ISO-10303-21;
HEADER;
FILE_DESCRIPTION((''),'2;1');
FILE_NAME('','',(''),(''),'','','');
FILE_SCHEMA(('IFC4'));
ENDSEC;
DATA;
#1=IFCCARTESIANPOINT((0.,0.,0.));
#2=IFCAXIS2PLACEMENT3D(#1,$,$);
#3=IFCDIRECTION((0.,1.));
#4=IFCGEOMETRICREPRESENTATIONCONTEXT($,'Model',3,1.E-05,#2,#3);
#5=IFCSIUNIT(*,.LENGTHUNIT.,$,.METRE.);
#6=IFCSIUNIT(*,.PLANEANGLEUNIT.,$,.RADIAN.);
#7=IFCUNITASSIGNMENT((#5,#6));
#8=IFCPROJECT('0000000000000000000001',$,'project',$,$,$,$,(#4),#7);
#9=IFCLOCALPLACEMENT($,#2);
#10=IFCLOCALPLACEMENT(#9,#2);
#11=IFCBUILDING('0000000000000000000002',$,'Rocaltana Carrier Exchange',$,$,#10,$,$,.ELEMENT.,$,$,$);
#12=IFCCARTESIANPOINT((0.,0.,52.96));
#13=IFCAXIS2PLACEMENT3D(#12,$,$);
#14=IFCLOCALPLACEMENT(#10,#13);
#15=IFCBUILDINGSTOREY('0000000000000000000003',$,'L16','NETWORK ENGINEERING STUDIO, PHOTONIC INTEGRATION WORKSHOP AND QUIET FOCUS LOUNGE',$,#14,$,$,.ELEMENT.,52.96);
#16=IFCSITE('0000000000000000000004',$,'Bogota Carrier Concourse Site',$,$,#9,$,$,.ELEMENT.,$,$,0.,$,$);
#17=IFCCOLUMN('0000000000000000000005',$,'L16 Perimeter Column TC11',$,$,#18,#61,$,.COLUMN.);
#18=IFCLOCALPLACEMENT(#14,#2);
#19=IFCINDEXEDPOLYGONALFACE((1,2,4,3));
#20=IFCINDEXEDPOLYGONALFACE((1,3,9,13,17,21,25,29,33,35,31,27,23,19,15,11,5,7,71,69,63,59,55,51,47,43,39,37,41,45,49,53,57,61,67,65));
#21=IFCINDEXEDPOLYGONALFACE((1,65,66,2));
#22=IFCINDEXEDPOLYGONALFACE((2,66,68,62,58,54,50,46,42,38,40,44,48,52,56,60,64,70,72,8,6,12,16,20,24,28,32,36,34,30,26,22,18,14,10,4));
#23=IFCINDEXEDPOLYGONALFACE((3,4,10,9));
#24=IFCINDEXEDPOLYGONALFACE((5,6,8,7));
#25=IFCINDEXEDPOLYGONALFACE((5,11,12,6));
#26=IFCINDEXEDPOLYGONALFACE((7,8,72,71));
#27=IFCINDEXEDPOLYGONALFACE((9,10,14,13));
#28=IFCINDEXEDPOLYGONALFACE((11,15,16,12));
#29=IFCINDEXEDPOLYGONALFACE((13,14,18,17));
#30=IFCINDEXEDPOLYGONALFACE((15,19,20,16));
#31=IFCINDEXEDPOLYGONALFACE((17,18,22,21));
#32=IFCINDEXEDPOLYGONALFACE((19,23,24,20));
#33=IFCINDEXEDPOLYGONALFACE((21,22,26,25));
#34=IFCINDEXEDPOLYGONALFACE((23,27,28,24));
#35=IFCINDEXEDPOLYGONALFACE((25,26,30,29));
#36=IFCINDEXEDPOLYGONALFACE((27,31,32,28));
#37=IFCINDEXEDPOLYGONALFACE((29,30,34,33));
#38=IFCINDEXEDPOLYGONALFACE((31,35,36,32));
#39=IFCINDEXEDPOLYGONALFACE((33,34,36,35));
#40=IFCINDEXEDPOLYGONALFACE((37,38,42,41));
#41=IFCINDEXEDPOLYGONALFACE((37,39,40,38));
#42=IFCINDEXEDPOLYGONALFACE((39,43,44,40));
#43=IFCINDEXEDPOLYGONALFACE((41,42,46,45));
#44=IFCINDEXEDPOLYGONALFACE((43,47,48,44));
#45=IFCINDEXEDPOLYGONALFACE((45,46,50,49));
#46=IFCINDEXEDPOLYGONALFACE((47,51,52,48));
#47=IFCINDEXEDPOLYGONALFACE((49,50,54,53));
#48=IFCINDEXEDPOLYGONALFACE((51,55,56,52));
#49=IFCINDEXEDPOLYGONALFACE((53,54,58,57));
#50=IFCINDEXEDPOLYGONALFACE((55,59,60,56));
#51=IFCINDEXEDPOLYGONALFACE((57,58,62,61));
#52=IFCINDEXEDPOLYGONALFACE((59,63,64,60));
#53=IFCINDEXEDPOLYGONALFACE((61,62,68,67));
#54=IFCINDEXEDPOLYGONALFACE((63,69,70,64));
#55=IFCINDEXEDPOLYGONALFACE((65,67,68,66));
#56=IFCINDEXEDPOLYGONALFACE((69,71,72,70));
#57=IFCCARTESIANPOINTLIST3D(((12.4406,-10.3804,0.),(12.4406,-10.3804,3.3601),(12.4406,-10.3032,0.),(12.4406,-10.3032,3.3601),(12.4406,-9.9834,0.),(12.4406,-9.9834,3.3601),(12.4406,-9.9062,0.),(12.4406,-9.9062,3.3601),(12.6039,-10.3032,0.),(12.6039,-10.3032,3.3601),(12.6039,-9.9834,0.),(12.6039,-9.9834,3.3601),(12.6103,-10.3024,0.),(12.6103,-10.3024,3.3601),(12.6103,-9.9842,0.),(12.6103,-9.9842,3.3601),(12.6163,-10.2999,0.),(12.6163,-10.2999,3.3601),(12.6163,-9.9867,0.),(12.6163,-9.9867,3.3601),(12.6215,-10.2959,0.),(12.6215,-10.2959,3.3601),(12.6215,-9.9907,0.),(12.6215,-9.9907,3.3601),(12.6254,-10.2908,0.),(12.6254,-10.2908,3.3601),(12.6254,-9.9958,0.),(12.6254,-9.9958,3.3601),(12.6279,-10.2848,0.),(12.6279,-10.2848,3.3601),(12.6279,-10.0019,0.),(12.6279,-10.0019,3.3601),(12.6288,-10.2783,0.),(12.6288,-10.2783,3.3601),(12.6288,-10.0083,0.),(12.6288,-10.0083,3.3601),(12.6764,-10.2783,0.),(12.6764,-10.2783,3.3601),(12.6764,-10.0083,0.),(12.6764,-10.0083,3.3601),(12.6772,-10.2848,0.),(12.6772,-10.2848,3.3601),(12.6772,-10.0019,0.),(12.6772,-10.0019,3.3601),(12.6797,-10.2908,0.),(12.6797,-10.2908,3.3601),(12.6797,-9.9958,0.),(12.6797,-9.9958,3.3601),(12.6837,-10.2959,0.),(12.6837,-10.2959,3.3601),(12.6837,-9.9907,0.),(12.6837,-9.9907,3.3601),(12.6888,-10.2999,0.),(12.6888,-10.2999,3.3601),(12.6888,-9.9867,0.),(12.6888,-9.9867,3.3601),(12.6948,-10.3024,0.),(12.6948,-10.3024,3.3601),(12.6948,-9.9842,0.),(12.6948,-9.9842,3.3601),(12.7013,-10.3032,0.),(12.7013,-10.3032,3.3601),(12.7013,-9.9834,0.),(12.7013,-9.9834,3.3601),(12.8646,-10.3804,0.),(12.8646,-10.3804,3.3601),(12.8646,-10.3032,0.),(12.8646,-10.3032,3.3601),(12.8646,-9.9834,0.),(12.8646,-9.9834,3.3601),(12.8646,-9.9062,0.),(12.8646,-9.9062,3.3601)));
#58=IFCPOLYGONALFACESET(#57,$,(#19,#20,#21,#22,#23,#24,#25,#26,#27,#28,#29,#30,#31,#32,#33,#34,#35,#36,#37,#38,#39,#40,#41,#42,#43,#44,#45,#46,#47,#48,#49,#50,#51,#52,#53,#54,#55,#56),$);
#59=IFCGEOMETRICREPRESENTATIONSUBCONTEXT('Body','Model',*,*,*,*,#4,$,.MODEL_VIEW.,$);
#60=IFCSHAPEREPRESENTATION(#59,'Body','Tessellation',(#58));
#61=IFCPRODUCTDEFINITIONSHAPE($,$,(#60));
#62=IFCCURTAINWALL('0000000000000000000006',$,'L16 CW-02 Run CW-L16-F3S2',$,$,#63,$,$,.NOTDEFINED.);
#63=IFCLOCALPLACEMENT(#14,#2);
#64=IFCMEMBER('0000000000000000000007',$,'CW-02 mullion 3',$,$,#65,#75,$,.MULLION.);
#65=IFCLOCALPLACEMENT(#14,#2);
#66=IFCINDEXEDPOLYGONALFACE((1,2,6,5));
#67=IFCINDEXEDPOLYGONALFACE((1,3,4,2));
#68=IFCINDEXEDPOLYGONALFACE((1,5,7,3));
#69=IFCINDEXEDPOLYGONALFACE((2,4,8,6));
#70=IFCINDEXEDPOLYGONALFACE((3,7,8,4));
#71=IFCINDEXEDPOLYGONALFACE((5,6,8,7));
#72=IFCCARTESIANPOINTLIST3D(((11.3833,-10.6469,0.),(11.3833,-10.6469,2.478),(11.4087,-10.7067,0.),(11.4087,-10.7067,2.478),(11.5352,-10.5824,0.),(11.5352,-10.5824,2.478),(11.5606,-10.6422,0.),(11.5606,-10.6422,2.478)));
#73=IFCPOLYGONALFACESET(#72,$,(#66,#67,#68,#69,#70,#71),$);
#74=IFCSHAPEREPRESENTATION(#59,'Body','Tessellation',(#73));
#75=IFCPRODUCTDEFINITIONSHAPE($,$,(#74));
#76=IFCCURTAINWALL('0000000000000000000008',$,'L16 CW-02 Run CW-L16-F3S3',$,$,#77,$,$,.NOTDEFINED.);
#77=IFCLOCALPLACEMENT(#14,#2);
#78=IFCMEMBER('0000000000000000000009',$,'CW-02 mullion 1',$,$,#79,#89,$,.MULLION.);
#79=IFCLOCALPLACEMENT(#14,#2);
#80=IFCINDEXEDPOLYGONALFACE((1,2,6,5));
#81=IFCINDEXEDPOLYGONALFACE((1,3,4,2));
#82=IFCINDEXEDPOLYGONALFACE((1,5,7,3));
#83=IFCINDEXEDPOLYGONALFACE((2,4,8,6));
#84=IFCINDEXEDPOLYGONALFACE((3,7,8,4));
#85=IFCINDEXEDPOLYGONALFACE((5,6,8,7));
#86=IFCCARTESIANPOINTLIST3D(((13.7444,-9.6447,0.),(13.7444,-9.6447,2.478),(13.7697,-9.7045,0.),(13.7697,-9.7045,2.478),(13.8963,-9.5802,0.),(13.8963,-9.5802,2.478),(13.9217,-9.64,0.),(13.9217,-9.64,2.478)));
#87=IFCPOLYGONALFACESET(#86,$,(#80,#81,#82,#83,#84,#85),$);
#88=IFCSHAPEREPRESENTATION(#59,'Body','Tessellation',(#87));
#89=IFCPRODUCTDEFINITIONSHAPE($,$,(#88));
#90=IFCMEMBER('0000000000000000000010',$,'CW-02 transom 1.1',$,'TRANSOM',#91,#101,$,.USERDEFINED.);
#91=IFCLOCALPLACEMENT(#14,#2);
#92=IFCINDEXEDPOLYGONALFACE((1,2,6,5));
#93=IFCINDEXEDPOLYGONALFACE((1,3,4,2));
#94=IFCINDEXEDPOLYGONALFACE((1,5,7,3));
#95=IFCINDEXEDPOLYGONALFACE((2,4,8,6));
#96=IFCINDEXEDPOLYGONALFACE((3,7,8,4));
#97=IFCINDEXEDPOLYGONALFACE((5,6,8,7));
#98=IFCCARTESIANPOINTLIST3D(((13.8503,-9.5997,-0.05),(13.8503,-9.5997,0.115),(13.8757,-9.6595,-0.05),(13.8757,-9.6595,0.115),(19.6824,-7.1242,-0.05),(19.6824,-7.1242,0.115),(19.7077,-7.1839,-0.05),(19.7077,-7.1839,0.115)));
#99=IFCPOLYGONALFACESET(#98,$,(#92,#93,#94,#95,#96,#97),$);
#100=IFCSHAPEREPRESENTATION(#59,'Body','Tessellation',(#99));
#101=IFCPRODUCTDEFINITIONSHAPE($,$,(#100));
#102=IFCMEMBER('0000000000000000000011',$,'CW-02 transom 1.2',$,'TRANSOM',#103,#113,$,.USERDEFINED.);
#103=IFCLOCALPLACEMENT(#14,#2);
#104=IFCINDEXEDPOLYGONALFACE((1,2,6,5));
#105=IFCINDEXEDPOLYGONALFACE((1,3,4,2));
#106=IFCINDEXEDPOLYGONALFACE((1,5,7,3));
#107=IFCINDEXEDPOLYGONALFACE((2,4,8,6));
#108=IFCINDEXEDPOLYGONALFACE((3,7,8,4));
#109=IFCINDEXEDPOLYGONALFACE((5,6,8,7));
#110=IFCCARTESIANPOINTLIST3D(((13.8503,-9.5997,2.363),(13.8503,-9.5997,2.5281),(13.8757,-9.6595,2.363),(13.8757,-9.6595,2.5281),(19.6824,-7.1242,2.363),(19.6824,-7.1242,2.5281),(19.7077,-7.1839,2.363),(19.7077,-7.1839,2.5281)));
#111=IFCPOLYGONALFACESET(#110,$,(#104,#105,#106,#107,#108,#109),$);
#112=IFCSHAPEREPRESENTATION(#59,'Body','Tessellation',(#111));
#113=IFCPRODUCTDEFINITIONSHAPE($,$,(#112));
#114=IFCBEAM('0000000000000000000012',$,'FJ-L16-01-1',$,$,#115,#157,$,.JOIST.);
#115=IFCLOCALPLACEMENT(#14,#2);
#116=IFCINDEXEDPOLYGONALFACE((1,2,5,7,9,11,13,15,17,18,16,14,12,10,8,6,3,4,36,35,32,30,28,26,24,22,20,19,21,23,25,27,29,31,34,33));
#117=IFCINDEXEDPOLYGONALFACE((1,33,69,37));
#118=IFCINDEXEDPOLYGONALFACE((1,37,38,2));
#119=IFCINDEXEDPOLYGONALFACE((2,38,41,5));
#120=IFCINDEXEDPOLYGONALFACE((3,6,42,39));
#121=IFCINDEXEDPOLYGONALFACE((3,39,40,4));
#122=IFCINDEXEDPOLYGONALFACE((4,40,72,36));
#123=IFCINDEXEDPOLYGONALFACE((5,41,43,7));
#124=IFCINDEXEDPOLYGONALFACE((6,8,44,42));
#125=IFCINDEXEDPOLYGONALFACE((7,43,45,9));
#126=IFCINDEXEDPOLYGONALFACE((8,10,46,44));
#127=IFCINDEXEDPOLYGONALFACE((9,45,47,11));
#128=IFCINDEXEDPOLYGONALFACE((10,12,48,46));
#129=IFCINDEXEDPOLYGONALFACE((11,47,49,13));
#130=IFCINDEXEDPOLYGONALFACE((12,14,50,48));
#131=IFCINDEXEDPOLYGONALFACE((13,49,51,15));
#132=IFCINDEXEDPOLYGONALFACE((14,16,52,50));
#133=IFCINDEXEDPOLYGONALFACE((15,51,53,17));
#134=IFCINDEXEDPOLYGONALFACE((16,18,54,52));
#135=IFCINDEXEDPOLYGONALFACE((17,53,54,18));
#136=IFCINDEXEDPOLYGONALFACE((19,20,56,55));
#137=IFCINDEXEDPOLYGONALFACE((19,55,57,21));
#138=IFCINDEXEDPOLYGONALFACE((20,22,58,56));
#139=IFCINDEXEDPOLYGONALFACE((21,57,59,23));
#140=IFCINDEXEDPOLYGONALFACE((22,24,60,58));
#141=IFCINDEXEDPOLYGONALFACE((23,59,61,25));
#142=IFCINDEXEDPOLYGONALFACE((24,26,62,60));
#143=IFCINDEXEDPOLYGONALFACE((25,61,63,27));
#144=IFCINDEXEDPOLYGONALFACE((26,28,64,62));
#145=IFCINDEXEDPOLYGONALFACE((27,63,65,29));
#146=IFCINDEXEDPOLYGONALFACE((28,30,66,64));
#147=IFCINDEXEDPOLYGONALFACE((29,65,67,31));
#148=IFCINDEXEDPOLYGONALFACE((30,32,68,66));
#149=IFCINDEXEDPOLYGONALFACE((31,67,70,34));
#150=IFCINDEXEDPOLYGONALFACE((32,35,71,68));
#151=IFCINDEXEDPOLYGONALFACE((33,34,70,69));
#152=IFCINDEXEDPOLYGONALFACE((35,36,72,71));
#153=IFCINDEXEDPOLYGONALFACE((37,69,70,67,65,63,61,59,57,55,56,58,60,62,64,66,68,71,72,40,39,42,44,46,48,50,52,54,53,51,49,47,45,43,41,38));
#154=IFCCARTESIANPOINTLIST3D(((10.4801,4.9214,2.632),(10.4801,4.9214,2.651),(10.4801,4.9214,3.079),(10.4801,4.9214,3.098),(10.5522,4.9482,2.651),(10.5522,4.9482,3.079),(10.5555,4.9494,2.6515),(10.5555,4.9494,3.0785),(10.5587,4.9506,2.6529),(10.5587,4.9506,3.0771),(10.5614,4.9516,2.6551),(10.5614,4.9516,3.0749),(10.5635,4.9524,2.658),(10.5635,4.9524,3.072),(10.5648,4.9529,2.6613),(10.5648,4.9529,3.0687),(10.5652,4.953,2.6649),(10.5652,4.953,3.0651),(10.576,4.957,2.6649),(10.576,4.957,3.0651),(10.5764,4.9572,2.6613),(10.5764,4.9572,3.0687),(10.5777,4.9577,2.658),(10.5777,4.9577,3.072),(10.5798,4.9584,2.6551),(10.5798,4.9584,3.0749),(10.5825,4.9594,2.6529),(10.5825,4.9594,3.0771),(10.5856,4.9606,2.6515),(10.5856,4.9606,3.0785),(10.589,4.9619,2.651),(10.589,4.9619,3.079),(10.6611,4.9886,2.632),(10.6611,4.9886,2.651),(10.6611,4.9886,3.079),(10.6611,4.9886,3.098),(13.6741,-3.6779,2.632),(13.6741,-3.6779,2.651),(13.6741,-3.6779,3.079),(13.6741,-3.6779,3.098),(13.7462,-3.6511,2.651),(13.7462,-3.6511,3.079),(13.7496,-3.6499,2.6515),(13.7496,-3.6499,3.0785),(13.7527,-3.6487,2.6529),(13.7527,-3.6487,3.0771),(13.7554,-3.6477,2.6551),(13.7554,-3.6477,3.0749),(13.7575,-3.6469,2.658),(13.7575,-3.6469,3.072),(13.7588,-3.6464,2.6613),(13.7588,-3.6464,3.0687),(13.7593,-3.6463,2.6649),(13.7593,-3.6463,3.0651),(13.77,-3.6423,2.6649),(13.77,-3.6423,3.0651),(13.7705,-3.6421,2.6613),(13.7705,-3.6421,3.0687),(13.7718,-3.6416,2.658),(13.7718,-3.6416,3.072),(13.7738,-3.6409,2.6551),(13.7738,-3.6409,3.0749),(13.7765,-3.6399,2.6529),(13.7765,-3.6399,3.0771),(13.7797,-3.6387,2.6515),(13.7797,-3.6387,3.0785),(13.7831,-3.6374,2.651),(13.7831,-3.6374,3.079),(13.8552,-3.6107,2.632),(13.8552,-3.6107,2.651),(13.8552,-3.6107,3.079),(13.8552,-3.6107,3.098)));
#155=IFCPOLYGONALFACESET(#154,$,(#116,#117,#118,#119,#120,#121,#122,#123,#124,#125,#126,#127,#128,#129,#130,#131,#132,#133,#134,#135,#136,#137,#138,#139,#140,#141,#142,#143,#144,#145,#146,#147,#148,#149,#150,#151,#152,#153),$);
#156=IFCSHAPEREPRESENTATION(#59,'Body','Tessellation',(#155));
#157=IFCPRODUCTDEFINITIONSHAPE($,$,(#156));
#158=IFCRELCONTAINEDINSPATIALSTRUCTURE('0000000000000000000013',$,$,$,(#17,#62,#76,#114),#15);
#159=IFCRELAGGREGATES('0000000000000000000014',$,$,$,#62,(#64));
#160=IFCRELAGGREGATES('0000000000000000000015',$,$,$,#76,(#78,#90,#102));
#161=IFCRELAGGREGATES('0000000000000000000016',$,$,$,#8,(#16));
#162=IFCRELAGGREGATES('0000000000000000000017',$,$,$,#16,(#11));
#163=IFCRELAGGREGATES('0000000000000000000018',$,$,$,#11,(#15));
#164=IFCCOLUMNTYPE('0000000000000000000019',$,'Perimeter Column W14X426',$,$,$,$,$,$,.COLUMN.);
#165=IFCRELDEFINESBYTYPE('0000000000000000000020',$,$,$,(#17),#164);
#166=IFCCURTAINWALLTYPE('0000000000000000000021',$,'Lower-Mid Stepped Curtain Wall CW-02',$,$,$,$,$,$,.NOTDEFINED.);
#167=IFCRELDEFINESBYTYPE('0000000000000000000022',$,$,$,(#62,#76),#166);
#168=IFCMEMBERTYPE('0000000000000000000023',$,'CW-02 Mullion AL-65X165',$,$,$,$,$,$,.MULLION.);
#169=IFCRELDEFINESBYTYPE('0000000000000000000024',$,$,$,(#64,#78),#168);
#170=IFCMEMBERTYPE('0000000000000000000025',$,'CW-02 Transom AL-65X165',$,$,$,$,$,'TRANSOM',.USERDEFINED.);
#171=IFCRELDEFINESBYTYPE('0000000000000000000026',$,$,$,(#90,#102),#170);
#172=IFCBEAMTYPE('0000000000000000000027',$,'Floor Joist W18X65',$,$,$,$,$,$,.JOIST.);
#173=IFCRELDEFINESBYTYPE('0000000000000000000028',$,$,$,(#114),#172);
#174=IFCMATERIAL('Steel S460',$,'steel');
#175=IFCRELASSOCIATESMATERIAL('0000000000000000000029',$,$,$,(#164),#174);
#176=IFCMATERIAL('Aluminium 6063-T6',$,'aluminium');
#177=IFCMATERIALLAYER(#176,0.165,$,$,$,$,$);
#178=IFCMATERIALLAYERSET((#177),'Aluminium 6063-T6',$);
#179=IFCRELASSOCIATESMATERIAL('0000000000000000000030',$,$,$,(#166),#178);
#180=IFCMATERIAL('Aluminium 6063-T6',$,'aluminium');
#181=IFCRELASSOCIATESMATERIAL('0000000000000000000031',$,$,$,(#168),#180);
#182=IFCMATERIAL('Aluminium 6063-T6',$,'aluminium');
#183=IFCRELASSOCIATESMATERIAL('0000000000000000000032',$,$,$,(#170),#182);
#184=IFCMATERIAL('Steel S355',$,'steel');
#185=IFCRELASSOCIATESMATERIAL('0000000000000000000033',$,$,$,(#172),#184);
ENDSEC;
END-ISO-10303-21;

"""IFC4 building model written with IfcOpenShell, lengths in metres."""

from ifc_helpers import new_model, si_unit, direction, frame, origin, origin_2d, place, context, subcontext, project, spatial, rectangle, i_section, extrude, material, layer, layer_set, material_profile, profile_set, type_object, element, aggregate, save


model = new_model("IFC4")

# Units and contexts
model_context = context("Model", 3, precision=1e-05, world=origin(), true_north=direction((0.0, 1.0)))
body_context = subcontext(model_context, "Body", "Model", "MODEL_VIEW")
ifc_project = project(units=[si_unit("LENGTHUNIT", "METRE"), si_unit("PLANEANGLEUNIT", "RADIAN")], contexts=[model_context])

# Site, building, storey
site_placement = place(None, origin())
site = spatial("IfcSite", under=ifc_project, at=site_placement, Name="Bogota Carrier Concourse Site", CompositionType="ELEMENT", RefElevation=0.0)
building_placement = place(site_placement, origin())
building = spatial("IfcBuilding", under=site, at=building_placement, Name="Rocaltana Carrier Exchange", CompositionType="ELEMENT")
storey_placement = place(building_placement, frame((0.0, 0.0, 52.96)))
storey = spatial("IfcBuildingStorey", under=building, at=storey_placement, Name="L16", Description="NETWORK ENGINEERING STUDIO, PHOTONIC INTEGRATION WORKSHOP AND QUIET FOCUS LOUNGE", CompositionType="ELEMENT", Elevation=52.96)

# Column
ifc_material_1 = material(Name="Steel S460", Category="steel")
ifc_material_profile_1 = material_profile(ifc_material_1, i_section(OverallWidth=0.4241, OverallDepth=0.4741, WebThickness=0.0476, FlangeThickness=0.0771, FilletRadius=0.0249, at=origin_2d()), Name="W14X426")
ifc_profile_set_1 = profile_set([ifc_material_profile_1], Name="Steel S460")
column_type = type_object("IfcColumnType", Name="Perimeter Column W14X426", PredefinedType="COLUMN", material=ifc_profile_set_1)
column_placement = place(storey_placement, frame((12.6526, -10.1433, 0.0), z_axis=(0.0, 0.0, 1.0), x_axis=(1.0, 0.0, 0.0)))
element("IfcColumn", 1, at=column_placement, inside=storey, type_object=column_type, Name="L16 Perimeter Column TC11", PredefinedType="COLUMN", context=body_context, shape_type="SweptSolid", body=[
    extrude(i_section(OverallWidth=0.4241, OverallDepth=0.4741, WebThickness=0.0476, FlangeThickness=0.0771, FilletRadius=0.0249, at=origin_2d()), origin(), (0.0, 0.0, 1.0), 3.3601),
])

# Curtain wall, member
ifc_material_2 = material(Name="Aluminium 6063-T6", Category="aluminium")
ifc_layer_1 = layer(ifc_material_2, 0.165)
ifc_layer_set_1 = layer_set([ifc_layer_1], Name="Aluminium 6063-T6")
curtain_wall_type = type_object("IfcCurtainWallType", Name="Lower-Mid Stepped Curtain Wall CW-02", PredefinedType="NOTDEFINED", material=ifc_layer_set_1)
curtain_wall_1_placement = place(storey_placement, origin())
curtain_wall_1 = element("IfcCurtainWall", 2, at=curtain_wall_1_placement, inside=storey, type_object=curtain_wall_type, Name="L16 CW-02 Run CW-L16-F3S2", PredefinedType="NOTDEFINED")
ifc_material_3 = material(Name="Aluminium 6063-T6", Category="aluminium")
ifc_material_profile_2 = material_profile(ifc_material_3, rectangle(XDim=0.0649, YDim=0.165, at=origin_2d()), Name="AL-65X165")
ifc_profile_set_2 = profile_set([ifc_material_profile_2], Name="Aluminium 6063-T6")
member_type_1 = type_object("IfcMemberType", Name="CW-02 Mullion AL-65X165", PredefinedType="MULLION", material=ifc_profile_set_2)
member_1_placement = place(storey_placement, frame((11.4719, -10.6445, 0.0), z_axis=(0.0, 0.0, 1.0), x_axis=(-0.390729, 0.920506, 0.0)))
member_1 = element("IfcMember", 3, at=member_1_placement, type_object=member_type_1, Name="CW-02 mullion 3", PredefinedType="MULLION", context=body_context, shape_type="SweptSolid", body=[
    extrude(rectangle(XDim=0.0649, YDim=0.165, at=origin_2d()), origin(), (0.0, 0.0, 1.0), 2.478),
])
aggregate(curtain_wall_1, [member_1])

# Curtain wall, members
curtain_wall_2_placement = place(storey_placement, origin())
curtain_wall_2 = element("IfcCurtainWall", 4, at=curtain_wall_2_placement, inside=storey, type_object=curtain_wall_type, Name="L16 CW-02 Run CW-L16-F3S3", PredefinedType="NOTDEFINED")
member_2_placement = place(storey_placement, frame((13.833, -9.6423, 0.0), z_axis=(0.0, 0.0, 1.0), x_axis=(-0.390735, 0.920503, 0.0)))
member_2 = element("IfcMember", 5, at=member_2_placement, type_object=member_type_1, Name="CW-02 mullion 1", PredefinedType="MULLION", context=body_context, shape_type="SweptSolid", body=[
    extrude(rectangle(XDim=0.0649, YDim=0.165, at=origin_2d()), origin(), (0.0, 0.0, 1.0), 2.478),
])
ifc_material_4 = material(Name="Aluminium 6063-T6", Category="aluminium")
ifc_material_profile_3 = material_profile(ifc_material_4, rectangle(XDim=0.0649, YDim=0.165, at=origin_2d()), Name="AL-65X165")
ifc_profile_set_3 = profile_set([ifc_material_profile_3], Name="Aluminium 6063-T6")
member_type_2 = type_object("IfcMemberType", Name="CW-02 Transom AL-65X165", ElementType="TRANSOM", PredefinedType="USERDEFINED", material=ifc_profile_set_3)
member_3_placement = place(storey_placement, frame((13.863, -9.6296, 0.0325), z_axis=(0.920503, 0.390736, 0.0), x_axis=(-0.390736, 0.920503, 0.0)))
member_3 = element("IfcMember", 6, at=member_3_placement, type_object=member_type_2, Name="CW-02 transom 1.1", ObjectType="TRANSOM", PredefinedType="USERDEFINED", context=body_context, shape_type="SweptSolid", body=[
    extrude(rectangle(XDim=0.0649, YDim=0.165, at=origin_2d()), origin(), (0.0, 0.0, 1.0), 6.3357),
])
member_4_placement = place(storey_placement, frame((13.863, -9.6296, 2.4456), z_axis=(0.920503, 0.390736, 0.0), x_axis=(-0.390736, 0.920503, 0.0)))
member_4 = element("IfcMember", 7, at=member_4_placement, type_object=member_type_2, Name="CW-02 transom 1.2", ObjectType="TRANSOM", PredefinedType="USERDEFINED", context=body_context, shape_type="SweptSolid", body=[
    extrude(rectangle(XDim=0.0649, YDim=0.165, at=origin_2d()), origin(), (0.0, 0.0, 1.0), 6.3357),
])

# Beam
ifc_material_5 = material(Name="Steel S355", Category="steel")
ifc_material_profile_4 = material_profile(ifc_material_5, i_section(OverallWidth=0.1931, OverallDepth=0.4661, WebThickness=0.0115, FlangeThickness=0.019, FilletRadius=0.0139, at=origin_2d()), Name="W18X65")
ifc_profile_set_4 = profile_set([ifc_material_profile_4], Name="Steel S355")
beam_type_1 = type_object("IfcBeamType", Name="Floor Joist W18X65", PredefinedType="JOIST", material=ifc_profile_set_4)
beam_1_placement = place(storey_placement, frame((13.7646, -3.6443, 2.865), z_axis=(-0.348191, 0.937424, 0.0), x_axis=(-0.937424, -0.348191, 0.0)))
element("IfcBeam", 8, at=beam_1_placement, inside=storey, type_object=beam_type_1, Name="FJ-L16-01-1", PredefinedType="JOIST", context=body_context, shape_type="SweptSolid", body=[
    extrude(i_section(OverallWidth=0.1931, OverallDepth=0.4661, WebThickness=0.0115, FlangeThickness=0.019, FilletRadius=0.0139, at=origin_2d()), origin(), (0.0, 0.0, 1.0), 9.1733),
])

aggregate(curtain_wall_2, [member_2, member_3, member_4])

save(model, "model.ifc")
